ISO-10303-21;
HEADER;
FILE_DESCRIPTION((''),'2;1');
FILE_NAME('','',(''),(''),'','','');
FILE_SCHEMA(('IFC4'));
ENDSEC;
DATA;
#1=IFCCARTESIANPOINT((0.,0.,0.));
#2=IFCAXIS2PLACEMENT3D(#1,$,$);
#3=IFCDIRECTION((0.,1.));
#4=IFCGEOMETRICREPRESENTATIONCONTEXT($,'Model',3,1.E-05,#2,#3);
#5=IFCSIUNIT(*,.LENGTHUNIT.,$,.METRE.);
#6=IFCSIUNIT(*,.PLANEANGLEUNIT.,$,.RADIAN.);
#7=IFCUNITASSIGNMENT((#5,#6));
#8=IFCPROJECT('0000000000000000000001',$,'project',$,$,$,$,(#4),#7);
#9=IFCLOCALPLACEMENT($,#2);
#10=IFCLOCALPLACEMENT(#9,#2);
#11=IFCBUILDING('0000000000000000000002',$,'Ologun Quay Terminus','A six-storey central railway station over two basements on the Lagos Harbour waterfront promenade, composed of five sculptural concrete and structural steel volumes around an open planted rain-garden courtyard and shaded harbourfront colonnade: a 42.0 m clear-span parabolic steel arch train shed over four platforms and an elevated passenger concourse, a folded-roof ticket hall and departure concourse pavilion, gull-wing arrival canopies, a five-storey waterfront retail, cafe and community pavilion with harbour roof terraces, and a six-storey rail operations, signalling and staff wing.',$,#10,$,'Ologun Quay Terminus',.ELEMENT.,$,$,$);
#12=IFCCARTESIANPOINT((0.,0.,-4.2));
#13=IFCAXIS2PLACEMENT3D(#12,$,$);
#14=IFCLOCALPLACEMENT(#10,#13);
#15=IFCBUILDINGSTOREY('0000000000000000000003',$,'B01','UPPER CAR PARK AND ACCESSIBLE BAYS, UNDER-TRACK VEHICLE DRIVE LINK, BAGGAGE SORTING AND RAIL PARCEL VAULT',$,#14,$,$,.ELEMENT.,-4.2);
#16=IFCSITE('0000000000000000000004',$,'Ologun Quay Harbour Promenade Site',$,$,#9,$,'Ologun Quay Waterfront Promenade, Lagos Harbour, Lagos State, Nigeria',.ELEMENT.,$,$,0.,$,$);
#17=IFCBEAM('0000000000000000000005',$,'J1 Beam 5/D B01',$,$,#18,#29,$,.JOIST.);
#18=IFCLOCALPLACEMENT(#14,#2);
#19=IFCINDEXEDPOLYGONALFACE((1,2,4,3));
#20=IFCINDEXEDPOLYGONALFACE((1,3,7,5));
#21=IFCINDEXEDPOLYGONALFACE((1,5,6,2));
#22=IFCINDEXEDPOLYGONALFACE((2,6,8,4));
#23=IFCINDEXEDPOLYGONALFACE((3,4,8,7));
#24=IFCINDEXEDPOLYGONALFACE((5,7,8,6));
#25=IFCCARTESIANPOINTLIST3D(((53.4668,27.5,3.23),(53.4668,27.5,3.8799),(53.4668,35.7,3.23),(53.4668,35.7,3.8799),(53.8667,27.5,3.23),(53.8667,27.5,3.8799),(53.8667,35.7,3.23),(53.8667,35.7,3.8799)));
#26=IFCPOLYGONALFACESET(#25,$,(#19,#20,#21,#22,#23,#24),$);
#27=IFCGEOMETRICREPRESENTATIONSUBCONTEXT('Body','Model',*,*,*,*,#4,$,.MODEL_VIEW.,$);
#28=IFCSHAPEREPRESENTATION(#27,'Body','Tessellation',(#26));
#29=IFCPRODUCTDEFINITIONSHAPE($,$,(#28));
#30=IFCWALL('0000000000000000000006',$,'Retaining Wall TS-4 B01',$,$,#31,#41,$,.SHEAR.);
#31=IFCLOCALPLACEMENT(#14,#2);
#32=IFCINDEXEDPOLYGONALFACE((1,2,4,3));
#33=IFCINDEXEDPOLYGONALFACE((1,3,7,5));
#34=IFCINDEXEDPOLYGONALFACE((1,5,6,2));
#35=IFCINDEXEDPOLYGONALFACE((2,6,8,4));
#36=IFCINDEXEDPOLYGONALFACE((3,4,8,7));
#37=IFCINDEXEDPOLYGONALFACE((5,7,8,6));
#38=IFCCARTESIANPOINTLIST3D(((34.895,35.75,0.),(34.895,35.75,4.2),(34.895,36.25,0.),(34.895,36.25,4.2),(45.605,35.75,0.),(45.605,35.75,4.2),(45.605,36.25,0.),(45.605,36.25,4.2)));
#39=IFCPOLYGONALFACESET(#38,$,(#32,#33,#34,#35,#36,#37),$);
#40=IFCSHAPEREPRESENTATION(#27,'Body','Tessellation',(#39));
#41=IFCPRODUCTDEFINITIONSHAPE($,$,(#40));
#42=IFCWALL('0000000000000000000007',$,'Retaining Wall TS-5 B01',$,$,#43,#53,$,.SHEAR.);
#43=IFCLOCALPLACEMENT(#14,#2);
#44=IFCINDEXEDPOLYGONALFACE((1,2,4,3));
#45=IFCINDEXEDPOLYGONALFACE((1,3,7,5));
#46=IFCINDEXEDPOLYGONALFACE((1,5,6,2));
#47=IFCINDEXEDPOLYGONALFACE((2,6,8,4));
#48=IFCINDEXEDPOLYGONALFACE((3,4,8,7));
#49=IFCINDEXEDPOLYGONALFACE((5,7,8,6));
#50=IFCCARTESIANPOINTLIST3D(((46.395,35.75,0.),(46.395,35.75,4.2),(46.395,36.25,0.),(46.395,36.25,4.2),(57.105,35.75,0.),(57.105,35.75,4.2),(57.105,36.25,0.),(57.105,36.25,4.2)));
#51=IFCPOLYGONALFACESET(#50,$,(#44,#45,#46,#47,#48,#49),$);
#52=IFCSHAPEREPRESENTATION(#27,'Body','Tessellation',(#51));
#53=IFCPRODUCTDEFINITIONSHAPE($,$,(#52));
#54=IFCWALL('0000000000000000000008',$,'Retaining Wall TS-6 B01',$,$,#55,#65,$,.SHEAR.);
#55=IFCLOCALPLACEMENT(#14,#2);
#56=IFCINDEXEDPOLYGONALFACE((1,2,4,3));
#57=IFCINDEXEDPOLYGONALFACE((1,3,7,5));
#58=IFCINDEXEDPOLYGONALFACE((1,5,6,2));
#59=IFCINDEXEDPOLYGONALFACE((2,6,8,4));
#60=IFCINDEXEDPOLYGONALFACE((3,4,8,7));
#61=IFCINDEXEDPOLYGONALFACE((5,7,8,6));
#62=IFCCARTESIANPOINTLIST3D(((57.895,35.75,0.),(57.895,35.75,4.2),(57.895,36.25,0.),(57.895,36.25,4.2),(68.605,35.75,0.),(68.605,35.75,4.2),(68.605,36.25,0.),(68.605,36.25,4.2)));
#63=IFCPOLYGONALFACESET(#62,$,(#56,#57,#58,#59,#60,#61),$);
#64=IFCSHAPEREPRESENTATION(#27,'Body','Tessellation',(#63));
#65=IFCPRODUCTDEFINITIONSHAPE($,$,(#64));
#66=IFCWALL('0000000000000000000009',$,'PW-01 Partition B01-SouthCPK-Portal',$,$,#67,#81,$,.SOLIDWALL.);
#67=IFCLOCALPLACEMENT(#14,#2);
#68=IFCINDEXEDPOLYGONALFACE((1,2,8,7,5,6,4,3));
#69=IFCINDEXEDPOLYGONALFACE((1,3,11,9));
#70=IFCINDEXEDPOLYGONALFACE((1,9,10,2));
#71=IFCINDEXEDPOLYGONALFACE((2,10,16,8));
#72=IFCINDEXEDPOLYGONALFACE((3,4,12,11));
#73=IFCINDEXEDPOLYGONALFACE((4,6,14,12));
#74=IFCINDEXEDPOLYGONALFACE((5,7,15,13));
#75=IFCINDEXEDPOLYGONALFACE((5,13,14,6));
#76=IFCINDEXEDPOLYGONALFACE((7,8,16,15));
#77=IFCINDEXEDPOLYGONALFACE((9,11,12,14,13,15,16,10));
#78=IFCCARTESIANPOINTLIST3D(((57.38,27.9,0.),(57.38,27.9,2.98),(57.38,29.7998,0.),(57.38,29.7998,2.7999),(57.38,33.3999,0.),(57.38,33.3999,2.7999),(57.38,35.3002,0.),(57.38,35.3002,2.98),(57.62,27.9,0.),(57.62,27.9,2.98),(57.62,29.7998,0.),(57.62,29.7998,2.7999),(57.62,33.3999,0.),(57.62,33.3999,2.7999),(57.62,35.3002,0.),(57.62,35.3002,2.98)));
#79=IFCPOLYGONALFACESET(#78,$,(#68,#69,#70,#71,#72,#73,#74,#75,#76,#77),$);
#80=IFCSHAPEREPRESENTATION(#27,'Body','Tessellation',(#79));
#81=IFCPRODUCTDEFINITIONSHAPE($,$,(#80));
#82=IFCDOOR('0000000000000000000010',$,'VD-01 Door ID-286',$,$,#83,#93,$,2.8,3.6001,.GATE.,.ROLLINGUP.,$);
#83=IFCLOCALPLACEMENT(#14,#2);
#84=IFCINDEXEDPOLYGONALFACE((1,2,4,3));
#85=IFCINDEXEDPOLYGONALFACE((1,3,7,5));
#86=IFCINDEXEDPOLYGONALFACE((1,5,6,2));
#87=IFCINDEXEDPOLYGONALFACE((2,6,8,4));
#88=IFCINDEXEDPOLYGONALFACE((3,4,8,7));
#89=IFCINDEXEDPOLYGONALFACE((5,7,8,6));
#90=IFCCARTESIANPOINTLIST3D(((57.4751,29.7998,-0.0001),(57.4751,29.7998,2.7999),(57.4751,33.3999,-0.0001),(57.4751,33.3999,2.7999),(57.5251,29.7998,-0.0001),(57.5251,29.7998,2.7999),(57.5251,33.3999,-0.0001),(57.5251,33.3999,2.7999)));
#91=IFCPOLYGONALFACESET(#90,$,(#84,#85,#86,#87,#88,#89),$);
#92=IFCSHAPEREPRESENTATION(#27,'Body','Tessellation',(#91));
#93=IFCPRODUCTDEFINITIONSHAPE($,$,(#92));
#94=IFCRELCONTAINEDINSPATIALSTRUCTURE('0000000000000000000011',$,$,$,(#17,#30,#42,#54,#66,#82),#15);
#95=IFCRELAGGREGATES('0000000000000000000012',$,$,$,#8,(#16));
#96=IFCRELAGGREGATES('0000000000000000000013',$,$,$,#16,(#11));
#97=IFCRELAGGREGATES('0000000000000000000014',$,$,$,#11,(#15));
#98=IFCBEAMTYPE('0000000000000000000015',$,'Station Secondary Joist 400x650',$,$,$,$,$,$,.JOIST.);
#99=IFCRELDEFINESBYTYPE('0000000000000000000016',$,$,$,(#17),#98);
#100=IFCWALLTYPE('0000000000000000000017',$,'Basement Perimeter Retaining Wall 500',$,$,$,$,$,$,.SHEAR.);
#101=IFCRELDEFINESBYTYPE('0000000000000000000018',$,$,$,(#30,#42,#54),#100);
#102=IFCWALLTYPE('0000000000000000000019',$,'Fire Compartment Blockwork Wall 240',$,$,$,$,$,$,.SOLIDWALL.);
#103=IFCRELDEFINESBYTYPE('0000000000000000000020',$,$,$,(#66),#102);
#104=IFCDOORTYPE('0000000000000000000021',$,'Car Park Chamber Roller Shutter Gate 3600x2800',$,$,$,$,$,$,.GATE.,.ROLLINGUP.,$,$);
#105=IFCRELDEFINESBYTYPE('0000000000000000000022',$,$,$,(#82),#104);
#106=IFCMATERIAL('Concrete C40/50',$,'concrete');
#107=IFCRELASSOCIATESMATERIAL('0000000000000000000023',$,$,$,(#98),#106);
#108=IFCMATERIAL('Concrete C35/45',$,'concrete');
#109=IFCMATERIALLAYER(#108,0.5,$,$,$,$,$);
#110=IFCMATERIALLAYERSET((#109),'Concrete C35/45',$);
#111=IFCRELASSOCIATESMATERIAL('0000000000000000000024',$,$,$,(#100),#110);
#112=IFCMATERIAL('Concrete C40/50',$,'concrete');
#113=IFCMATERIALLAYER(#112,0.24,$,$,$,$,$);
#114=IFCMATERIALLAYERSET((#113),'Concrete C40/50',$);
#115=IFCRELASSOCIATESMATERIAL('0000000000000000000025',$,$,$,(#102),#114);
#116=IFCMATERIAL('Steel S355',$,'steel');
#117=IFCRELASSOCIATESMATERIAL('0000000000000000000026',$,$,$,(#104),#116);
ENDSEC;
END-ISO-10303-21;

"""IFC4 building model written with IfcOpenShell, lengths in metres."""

from ifc_helpers import new_model, si_unit, direction, frame, frame_2d, origin, origin_2d, place, context, subcontext, project, spatial, rectangle, extrude, material, layer, layer_set, material_profile, profile_set, type_object, element, fill, save


model = new_model("IFC4")

# Units and contexts
model_context = context("Model", 3, precision=1e-05, world=origin(), true_north=direction((0.0, 1.0)))
body_context = subcontext(model_context, "Body", "Model", "MODEL_VIEW")
ifc_project = project(units=[si_unit("LENGTHUNIT", "METRE"), si_unit("PLANEANGLEUNIT", "RADIAN")], contexts=[model_context])

# Site, building, storey
site_placement = place(None, origin())
site = spatial("IfcSite", under=ifc_project, at=site_placement, Name="Ologun Quay Harbour Promenade Site", LongName="Ologun Quay Waterfront Promenade, Lagos Harbour, Lagos State, Nigeria", CompositionType="ELEMENT", RefElevation=0.0)
building_placement = place(site_placement, origin())
building = spatial("IfcBuilding", under=site, at=building_placement, Name="Ologun Quay Terminus", Description="A six-storey central railway station over two basements on the Lagos Harbour waterfront promenade, composed of five sculptural concrete and structural steel volumes around an open planted rain-garden courtyard and shaded harbourfront colonnade: a 42.0 m clear-span parabolic steel arch train shed over four platforms and an elevated passenger concourse, a folded-roof ticket hall and departure concourse pavilion, gull-wing arrival canopies, a five-storey waterfront retail, cafe and community pavilion with harbour roof terraces, and a six-storey rail operations, signalling and staff wing.", LongName="Ologun Quay Terminus", CompositionType="ELEMENT")
storey_placement = place(building_placement, frame((0.0, 0.0, -4.2)))
storey = spatial("IfcBuildingStorey", under=building, at=storey_placement, Name="B01", Description="UPPER CAR PARK AND ACCESSIBLE BAYS, UNDER-TRACK VEHICLE DRIVE LINK, BAGGAGE SORTING AND RAIL PARCEL VAULT", CompositionType="ELEMENT", Elevation=-4.2)

# Beam
ifc_material_1 = material(Name="Concrete C40/50", Category="concrete")
ifc_material_profile_1 = material_profile(ifc_material_1, rectangle(XDim=0.3999, YDim=0.6499, at=origin_2d()), Name="RC 400x650")
ifc_profile_set_1 = profile_set([ifc_material_profile_1], Name="Concrete C40/50")
beam_type_1 = type_object("IfcBeamType", Name="Station Secondary Joist 400x650", PredefinedType="JOIST", material=ifc_profile_set_1)
beam_1_placement = place(storey_placement, frame((53.6667, 27.5, 3.5549), z_axis=(0.0, 1.0, 0.0), x_axis=(-1.0, 0.0, 0.0)))
element("IfcBeam", 1, at=beam_1_placement, inside=storey, type_object=beam_type_1, Name="J1 Beam 5/D B01", PredefinedType="JOIST", context=body_context, shape_type="SweptSolid", body=[
    extrude(rectangle(XDim=0.3999, YDim=0.6499, at=origin_2d()), origin(), (0.0, 0.0, 1.0), 8.2),
])

# Walls
ifc_material_2 = material(Name="Concrete C35/45", Category="concrete")
ifc_layer_1 = layer(ifc_material_2, 0.5)
ifc_layer_set_1 = layer_set([ifc_layer_1], Name="Concrete C35/45")
wall_type_1 = type_object("IfcWallType", Name="Basement Perimeter Retaining Wall 500", PredefinedType="SHEAR", material=ifc_layer_set_1)
for number, where, z_axis, x_axis, name in (
    (2, (34.895, 36.0, 0.0), (0.0, 0.0, 1.0), (1.0, 0.0, 0.0), "Retaining Wall TS-4 B01"),
    (3, (46.395, 36.0, 0.0), (0.0, 0.0, 1.0), (1.0, 0.0, 0.0), "Retaining Wall TS-5 B01"),
    (4, (57.895, 36.0, 0.0), (0.0, 0.0, 1.0), (1.0, 0.0, 0.0), "Retaining Wall TS-6 B01"),
):
    element("IfcWall", number, at=place(storey_placement, frame(where, z_axis=z_axis, x_axis=x_axis)), inside=storey, type_object=wall_type_1, Name=name, PredefinedType="SHEAR", context=body_context, shape_type="SweptSolid", body=[
        extrude(rectangle(XDim=10.71, YDim=0.5, at=frame_2d((5.355, 0.0))), origin(), (0.0, 0.0, 1.0), 4.2),
    ])

# Wall, opening, door
ifc_material_3 = material(Name="Concrete C40/50", Category="concrete")
ifc_layer_2 = layer(ifc_material_3, 0.24)
ifc_layer_set_2 = layer_set([ifc_layer_2], Name="Concrete C40/50")
wall_type_2 = type_object("IfcWallType", Name="Fire Compartment Blockwork Wall 240", PredefinedType="SOLIDWALL", material=ifc_layer_set_2)
wall_placement = place(storey_placement, frame((57.5, 27.8999, 0.0), z_axis=(0.0, 0.0, 1.0), x_axis=(0.0, 1.0, 0.0)))
wall = element("IfcWall", 5, at=wall_placement, inside=storey, type_object=wall_type_2, Name="PW-01 Partition B01-SouthCPK-Portal", PredefinedType="SOLIDWALL", context=body_context, shape_type="SweptSolid", body=[
    extrude(rectangle(XDim=7.4001, YDim=0.24, at=frame_2d((3.7002, 0.0))), origin(), (0.0, 0.0, 1.0), 2.98),
])
opening_placement = place(wall_placement, frame((1.8999, 0.0, 0.0)))
opening = element("IfcOpeningElement", 6, at=opening_placement, cuts=wall, PredefinedType="OPENING", context=body_context, shape_type="SweptSolid", body=[
    extrude(rectangle(XDim=3.6001, YDim=2.8, at=frame_2d((1.8, 1.3999))), frame((0.0, 0.1299, 0.0), z_axis=(0.0, -1.0, 0.0), x_axis=(1.0, 0.0, 0.0)), (0.0, 0.0, 1.0), 0.26),
])
ifc_material_4 = material(Name="Steel S355", Category="steel")
door_type = type_object("IfcDoorType", Name="Car Park Chamber Roller Shutter Gate 3600x2800", OperationType="ROLLINGUP", PredefinedType="GATE", material=ifc_material_4)
door_placement = place(opening_placement, origin())
door = element("IfcDoor", 7, at=door_placement, inside=storey, type_object=door_type, Name="VD-01 Door ID-286", OperationType="ROLLINGUP", OverallHeight=2.8, OverallWidth=3.6001, PredefinedType="GATE", context=body_context, shape_type="SweptSolid", body=[
    extrude(rectangle(XDim=3.6001, YDim=2.8, at=frame_2d((1.8, 1.3999))), frame((0.0, 0.0249, 0.0), z_axis=(0.0, -1.0, 0.0), x_axis=(1.0, 0.0, 0.0)), (0.0, 0.0, 1.0), 0.05),
])
fill(opening, door)

save(model, "model.ifc")
